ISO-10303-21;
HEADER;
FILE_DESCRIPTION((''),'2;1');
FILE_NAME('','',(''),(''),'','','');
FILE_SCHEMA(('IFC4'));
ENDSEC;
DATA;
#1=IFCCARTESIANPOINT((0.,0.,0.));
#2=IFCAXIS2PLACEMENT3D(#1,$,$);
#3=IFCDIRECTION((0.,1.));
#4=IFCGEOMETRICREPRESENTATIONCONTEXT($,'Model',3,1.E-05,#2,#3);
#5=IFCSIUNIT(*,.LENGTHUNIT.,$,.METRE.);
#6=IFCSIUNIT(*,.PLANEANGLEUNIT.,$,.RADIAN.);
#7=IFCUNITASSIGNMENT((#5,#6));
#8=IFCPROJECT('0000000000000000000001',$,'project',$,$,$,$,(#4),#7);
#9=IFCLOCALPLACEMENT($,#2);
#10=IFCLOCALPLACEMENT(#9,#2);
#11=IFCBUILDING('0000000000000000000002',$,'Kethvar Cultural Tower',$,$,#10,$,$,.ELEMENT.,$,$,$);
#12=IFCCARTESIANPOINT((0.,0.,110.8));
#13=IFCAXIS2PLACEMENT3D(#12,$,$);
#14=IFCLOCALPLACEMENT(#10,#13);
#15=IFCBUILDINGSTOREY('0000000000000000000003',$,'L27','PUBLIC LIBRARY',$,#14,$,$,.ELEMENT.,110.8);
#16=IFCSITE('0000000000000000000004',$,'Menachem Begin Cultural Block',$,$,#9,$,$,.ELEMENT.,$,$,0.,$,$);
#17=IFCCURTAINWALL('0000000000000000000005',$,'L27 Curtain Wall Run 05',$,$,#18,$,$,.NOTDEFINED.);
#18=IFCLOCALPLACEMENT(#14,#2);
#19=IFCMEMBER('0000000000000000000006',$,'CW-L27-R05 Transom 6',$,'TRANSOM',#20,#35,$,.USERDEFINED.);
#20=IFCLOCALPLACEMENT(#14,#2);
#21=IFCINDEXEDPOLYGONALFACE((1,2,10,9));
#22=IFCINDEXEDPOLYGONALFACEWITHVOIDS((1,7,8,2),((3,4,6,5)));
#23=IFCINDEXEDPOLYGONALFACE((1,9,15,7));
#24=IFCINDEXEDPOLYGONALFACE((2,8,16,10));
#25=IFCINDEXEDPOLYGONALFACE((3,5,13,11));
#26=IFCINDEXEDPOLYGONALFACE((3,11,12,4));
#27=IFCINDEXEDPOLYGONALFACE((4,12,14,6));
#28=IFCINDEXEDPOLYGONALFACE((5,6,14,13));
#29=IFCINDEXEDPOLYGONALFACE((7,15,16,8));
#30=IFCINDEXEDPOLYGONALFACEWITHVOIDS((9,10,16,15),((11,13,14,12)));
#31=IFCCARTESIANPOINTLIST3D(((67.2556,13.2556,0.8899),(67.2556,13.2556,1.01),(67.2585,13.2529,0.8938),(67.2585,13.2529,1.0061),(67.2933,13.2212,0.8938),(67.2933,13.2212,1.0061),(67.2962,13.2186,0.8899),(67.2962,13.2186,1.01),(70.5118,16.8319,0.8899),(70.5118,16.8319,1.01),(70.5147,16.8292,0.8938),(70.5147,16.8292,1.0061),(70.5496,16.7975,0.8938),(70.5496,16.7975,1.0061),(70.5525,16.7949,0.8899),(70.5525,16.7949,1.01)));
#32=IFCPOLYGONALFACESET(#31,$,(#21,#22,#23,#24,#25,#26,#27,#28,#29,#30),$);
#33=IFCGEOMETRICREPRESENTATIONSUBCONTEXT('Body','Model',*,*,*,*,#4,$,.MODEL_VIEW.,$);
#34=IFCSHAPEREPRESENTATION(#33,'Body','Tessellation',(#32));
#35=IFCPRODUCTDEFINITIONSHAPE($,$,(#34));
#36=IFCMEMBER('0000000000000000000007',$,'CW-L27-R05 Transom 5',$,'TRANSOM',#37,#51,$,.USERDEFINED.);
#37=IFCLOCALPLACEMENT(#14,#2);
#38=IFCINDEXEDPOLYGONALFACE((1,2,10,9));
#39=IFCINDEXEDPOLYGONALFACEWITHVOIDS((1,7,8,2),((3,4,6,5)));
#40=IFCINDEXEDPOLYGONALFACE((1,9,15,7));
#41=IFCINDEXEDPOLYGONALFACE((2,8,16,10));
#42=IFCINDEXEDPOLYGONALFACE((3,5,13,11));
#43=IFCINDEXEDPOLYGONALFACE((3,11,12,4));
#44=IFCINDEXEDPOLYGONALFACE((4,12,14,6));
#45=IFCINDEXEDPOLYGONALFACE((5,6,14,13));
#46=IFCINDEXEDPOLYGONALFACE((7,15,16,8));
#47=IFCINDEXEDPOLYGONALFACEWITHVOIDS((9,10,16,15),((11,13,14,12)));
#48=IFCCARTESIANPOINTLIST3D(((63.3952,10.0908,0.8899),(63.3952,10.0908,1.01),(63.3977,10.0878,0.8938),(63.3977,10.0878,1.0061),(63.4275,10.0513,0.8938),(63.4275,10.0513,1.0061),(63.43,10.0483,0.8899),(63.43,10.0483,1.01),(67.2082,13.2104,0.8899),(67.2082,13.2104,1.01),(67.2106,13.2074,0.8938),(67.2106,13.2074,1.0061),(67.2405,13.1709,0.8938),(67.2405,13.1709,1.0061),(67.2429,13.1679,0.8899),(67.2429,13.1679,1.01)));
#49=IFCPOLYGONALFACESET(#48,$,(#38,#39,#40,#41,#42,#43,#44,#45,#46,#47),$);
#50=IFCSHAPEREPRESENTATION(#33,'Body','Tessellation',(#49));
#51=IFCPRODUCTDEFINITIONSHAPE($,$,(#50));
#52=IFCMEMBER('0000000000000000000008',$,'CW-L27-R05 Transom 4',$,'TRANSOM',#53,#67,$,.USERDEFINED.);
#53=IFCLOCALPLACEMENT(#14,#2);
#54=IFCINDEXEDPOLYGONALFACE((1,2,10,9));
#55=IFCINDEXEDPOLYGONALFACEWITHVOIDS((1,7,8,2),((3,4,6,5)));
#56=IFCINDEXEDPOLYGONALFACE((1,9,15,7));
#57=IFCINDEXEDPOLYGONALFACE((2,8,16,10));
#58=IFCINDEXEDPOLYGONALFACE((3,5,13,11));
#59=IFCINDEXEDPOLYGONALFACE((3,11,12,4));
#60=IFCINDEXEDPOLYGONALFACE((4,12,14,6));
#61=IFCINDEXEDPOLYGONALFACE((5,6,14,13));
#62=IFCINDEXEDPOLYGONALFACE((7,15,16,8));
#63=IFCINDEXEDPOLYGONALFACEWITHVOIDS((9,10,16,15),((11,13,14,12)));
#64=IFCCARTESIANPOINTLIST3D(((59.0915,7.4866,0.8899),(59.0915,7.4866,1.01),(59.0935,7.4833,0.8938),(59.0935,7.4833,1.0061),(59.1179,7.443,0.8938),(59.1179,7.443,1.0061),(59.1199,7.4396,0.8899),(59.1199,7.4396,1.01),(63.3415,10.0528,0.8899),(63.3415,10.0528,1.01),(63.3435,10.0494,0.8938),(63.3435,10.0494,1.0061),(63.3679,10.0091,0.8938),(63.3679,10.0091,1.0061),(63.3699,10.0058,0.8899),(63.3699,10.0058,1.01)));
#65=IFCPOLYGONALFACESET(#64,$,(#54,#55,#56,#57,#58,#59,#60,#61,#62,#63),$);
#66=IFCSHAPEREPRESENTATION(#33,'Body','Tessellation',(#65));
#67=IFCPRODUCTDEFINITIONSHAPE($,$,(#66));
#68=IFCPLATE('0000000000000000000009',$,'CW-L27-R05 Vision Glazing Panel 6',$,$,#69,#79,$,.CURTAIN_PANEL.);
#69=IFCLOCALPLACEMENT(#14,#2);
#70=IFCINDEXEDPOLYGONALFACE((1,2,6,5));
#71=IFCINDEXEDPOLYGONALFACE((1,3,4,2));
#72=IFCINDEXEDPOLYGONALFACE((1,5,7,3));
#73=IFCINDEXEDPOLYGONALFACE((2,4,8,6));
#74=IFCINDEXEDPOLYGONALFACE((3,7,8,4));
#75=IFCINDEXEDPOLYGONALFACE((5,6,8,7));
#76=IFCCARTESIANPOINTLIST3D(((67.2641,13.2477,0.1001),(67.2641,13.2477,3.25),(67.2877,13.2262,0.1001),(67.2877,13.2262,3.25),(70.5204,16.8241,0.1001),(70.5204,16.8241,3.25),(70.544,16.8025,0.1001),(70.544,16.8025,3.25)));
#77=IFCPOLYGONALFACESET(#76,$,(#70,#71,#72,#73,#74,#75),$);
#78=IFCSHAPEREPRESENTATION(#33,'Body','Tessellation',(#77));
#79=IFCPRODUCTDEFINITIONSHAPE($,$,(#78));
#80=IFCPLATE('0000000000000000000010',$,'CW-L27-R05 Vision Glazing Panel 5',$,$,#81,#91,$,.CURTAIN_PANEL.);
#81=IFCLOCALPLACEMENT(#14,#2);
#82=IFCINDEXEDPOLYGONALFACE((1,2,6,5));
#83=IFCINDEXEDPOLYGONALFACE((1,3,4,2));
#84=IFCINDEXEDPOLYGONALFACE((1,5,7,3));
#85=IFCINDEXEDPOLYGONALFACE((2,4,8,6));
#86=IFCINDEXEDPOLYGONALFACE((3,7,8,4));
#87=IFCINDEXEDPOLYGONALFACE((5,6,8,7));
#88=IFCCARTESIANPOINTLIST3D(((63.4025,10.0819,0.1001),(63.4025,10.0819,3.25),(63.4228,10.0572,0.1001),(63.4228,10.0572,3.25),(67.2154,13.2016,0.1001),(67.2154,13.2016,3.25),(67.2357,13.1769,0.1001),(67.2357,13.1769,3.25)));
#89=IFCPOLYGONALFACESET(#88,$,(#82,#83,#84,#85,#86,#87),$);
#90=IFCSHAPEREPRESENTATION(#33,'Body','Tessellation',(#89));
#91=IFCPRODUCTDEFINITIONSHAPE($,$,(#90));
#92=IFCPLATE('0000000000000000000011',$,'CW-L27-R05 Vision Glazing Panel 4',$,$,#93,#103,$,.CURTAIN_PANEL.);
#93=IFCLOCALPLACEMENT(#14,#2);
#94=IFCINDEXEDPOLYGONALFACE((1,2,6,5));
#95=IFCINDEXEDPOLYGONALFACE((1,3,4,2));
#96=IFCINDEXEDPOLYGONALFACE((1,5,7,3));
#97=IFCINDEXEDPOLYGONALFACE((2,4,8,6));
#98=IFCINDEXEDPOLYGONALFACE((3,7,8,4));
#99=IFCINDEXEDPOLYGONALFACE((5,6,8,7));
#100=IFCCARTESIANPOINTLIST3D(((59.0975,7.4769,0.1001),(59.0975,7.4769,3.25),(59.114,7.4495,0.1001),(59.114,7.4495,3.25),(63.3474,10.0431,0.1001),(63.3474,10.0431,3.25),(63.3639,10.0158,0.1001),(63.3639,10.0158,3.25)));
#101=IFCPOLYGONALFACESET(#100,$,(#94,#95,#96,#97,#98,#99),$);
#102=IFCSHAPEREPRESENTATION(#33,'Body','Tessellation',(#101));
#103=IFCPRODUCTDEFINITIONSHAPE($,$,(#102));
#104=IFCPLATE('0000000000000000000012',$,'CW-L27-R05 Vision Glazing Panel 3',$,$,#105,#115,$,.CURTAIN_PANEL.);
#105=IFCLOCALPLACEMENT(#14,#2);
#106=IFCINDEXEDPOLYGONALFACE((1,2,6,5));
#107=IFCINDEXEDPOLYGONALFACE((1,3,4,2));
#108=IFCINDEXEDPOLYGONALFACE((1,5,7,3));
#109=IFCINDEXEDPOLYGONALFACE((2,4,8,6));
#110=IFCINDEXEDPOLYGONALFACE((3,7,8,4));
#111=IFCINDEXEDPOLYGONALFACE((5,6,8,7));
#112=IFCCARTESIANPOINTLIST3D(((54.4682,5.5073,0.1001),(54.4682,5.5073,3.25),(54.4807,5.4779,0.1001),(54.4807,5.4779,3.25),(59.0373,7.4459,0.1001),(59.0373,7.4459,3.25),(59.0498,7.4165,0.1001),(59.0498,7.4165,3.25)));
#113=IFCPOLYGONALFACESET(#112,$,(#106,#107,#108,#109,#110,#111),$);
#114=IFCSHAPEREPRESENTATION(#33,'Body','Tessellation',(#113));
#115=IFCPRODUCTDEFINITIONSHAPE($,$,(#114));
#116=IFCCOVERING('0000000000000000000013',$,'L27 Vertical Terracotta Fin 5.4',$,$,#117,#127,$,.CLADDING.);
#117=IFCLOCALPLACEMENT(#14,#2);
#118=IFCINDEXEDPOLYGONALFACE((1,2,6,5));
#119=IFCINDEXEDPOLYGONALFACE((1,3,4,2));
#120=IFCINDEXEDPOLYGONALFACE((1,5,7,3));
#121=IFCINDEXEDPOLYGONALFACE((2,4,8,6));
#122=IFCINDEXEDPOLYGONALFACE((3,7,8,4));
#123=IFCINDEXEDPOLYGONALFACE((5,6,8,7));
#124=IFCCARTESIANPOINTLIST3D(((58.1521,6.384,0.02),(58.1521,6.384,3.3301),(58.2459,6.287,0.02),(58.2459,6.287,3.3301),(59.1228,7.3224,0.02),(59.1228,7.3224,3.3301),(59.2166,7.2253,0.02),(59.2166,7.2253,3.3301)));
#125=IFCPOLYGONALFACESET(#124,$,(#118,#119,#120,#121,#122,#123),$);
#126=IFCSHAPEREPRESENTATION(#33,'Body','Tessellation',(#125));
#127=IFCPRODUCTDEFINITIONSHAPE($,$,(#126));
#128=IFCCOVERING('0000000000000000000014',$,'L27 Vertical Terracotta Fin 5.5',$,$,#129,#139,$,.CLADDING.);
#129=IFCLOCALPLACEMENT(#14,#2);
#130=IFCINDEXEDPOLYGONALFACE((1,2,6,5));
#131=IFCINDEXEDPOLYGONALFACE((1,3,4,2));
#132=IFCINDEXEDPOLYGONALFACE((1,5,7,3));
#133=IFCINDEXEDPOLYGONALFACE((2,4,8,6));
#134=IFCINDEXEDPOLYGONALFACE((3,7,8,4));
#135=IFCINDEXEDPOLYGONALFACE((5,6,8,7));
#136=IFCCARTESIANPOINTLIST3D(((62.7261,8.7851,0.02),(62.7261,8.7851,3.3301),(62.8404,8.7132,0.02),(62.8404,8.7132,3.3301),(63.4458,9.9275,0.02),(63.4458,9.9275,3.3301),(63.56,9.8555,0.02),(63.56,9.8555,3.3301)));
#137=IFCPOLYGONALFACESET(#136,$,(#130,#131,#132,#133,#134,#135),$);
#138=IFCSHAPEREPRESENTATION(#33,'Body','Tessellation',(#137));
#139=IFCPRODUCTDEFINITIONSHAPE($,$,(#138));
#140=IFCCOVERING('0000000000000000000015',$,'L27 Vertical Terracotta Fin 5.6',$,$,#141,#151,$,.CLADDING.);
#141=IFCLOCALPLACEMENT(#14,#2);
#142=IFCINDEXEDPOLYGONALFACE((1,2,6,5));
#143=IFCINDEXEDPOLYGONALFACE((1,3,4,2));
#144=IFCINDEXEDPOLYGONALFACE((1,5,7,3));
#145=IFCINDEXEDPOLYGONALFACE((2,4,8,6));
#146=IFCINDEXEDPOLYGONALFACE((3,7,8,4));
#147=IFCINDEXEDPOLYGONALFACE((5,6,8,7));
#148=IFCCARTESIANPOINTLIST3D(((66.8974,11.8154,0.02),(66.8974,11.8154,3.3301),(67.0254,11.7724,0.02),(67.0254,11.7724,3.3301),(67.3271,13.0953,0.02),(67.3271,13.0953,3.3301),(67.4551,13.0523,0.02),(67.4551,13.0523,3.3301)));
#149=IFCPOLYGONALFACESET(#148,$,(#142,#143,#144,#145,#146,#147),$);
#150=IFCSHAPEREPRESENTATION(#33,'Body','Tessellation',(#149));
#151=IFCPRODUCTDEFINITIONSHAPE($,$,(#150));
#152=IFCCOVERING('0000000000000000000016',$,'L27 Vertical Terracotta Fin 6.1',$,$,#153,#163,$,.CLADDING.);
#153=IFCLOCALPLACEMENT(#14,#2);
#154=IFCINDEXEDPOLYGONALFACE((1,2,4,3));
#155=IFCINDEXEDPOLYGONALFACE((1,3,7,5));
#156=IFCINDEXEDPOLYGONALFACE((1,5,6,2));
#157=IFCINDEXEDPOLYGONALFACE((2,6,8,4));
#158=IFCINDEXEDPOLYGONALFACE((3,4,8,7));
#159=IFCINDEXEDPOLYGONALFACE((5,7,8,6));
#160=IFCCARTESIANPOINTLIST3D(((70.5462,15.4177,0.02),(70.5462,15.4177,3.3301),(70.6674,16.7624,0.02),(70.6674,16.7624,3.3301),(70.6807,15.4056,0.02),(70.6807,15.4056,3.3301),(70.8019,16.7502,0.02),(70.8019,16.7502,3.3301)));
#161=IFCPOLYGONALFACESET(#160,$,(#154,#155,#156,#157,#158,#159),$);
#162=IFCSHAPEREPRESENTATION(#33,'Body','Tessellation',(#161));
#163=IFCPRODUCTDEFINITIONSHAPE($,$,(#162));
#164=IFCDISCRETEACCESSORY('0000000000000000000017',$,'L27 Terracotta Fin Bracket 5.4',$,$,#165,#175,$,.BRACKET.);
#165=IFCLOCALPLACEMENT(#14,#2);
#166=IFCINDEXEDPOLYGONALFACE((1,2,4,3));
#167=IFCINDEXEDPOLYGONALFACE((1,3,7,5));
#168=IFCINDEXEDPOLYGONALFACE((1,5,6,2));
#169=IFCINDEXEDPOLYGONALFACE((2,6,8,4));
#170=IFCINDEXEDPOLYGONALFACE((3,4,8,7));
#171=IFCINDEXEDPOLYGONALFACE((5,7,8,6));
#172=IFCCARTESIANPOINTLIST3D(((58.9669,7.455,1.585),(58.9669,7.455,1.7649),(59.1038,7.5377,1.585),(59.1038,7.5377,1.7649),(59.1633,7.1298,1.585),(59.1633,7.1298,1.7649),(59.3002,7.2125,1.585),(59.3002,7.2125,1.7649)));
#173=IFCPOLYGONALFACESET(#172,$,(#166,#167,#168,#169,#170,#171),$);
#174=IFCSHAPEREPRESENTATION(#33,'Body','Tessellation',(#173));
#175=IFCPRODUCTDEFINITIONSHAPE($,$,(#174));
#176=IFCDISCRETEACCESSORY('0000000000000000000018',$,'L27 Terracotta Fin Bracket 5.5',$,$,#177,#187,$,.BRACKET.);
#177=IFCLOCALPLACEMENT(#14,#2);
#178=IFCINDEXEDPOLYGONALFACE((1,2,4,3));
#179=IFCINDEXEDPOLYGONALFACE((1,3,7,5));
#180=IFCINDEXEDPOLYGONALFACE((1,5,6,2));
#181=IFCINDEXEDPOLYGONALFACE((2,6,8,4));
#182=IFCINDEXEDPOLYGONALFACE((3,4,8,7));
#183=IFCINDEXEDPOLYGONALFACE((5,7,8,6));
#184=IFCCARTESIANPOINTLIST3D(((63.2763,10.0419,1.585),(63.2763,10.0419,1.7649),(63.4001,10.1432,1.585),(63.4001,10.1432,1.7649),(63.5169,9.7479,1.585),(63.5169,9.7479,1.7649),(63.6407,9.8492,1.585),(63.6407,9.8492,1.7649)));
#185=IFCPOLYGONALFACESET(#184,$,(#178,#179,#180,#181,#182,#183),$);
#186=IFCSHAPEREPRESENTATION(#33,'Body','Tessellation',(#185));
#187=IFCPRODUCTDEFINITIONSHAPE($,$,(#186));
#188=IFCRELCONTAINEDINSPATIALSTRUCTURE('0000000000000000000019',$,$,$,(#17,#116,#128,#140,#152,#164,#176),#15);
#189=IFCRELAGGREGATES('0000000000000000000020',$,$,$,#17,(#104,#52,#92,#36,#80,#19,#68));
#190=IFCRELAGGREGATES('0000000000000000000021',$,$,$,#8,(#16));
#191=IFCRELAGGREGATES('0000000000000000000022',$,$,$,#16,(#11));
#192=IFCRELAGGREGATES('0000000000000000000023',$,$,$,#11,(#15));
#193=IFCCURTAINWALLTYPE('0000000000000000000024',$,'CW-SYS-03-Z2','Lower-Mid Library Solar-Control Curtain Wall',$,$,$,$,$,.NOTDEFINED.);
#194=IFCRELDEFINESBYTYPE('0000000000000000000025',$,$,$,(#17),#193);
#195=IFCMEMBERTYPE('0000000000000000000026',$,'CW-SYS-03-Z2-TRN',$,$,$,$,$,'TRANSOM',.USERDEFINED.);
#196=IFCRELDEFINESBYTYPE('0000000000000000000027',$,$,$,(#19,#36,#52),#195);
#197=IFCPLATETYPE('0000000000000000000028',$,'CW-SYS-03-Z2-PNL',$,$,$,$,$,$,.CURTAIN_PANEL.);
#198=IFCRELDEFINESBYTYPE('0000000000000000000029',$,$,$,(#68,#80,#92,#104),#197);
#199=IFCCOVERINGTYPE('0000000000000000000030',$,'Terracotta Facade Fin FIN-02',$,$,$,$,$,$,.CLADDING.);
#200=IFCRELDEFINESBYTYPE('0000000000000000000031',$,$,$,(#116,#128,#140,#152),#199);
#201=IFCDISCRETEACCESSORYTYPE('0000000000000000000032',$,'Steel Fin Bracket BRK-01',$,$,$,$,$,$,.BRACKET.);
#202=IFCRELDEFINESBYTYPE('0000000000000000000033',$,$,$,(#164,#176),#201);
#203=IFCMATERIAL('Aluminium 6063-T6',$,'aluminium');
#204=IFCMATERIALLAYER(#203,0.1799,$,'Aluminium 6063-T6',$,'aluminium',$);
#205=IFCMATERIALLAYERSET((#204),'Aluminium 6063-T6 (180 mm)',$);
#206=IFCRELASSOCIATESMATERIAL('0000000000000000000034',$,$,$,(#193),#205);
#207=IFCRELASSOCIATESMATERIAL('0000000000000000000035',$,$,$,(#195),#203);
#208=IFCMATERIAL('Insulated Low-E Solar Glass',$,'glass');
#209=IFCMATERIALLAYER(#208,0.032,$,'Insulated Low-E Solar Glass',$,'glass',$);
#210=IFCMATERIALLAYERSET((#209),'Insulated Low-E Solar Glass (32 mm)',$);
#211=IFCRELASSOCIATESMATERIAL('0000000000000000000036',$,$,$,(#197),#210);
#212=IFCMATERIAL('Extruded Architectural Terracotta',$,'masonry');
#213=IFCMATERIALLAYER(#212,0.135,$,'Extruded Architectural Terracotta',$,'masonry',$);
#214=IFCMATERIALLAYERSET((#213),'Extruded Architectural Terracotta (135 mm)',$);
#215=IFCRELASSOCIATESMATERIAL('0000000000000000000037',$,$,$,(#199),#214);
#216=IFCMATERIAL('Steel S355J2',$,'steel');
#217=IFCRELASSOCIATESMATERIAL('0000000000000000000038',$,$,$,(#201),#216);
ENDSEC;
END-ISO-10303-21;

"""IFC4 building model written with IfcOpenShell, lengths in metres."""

from ifc_helpers import new_model, si_unit, direction, frame, origin, origin_2d, place, context, subcontext, project, spatial, rectangle, hollow_rectangle, extrude, source, transform, mapped, material, layer, layer_set, material_profile, profile_set, type_object, element, aggregate, save


model = new_model("IFC4")

# Units and contexts
model_context = context("Model", 3, precision=1e-05, world=origin(), true_north=direction((0.0, 1.0)))
body_context = subcontext(model_context, "Body", "Model", "MODEL_VIEW")
ifc_project = project(units=[si_unit("LENGTHUNIT", "METRE"), si_unit("PLANEANGLEUNIT", "RADIAN")], contexts=[model_context])

# Site, building, storey
site_placement = place(None, origin())
site = spatial("IfcSite", under=ifc_project, at=site_placement, Name="Menachem Begin Cultural Block", CompositionType="ELEMENT", RefElevation=0.0)
building_placement = place(site_placement, origin())
building = spatial("IfcBuilding", under=site, at=building_placement, Name="Kethvar Cultural Tower", CompositionType="ELEMENT")
storey_placement = place(building_placement, frame((0.0, 0.0, 110.8)))
storey = spatial("IfcBuildingStorey", under=building, at=storey_placement, Name="L27", Description="PUBLIC LIBRARY", CompositionType="ELEMENT", Elevation=110.8)

# Shared definitions
ifc_material_1 = material(Name="Steel S355J2", Category="steel")

# Curtain wall
ifc_material_2 = material(Name="Aluminium 6063-T6", Category="aluminium")
ifc_layer_1 = layer(ifc_material_2, 0.1799, Name="Aluminium 6063-T6", Category="aluminium")
ifc_layer_set_1 = layer_set([ifc_layer_1], Name="Aluminium 6063-T6 (180 mm)")
curtain_wall_type = type_object("IfcCurtainWallType", Name="CW-SYS-03-Z2", Description="Lower-Mid Library Solar-Control Curtain Wall", PredefinedType="NOTDEFINED", material=ifc_layer_set_1)
curtain_wall_1_placement = place(storey_placement, origin())
curtain_wall_1 = element("IfcCurtainWall", 1, at=curtain_wall_1_placement, inside=storey, type_object=curtain_wall_type, Name="L27 Curtain Wall Run 05", PredefinedType="NOTDEFINED")

# Members
ifc_material_profile_1 = material_profile(ifc_material_2, hollow_rectangle(XDim=0.0549, YDim=0.1201, WallThickness=0.0039, at=origin_2d()), Name="Aluminium 6063-T6 — RHS120x55x4")
ifc_profile_set_1 = profile_set([ifc_material_profile_1], Name="Aluminium 6063-T6 — RHS120x55x4")
member_type_1 = type_object("IfcMemberType", Name="CW-SYS-03-Z2-TRN", ElementType="TRANSOM", PredefinedType="USERDEFINED", material=ifc_profile_set_1)
shared_shape_1 = source(origin(), body_context, "Body", "SweptSolid", [
    extrude(hollow_rectangle(XDim=0.0549, YDim=0.1201, WallThickness=0.0039, at=origin_2d()), origin(), (0.0, 0.0, 1.0), 4.8367),
])
member_1_placement = place(storey_placement, frame((67.2759, 13.2371, 0.95), z_axis=(0.673245, 0.739419, 0.0), x_axis=(-0.739419, 0.673245, 0.0)))
member_1 = element("IfcMember", 2, at=member_1_placement, type_object=member_type_1, Name="CW-L27-R05 Transom 6", ObjectType="TRANSOM", PredefinedType="USERDEFINED", context=body_context, shape_type="MappedRepresentation", body=[
    mapped(shared_shape_1, transform((0.0, 0.0, 0.0), scale=1.0)),
])
shared_shape_2 = source(origin(), body_context, "Body", "SweptSolid", [
    extrude(hollow_rectangle(XDim=0.0549, YDim=0.1201, WallThickness=0.0039, at=origin_2d()), origin(), (0.0, 0.0, 1.0), 4.9265),
])
member_2_placement = place(storey_placement, frame((63.4126, 10.0696, 0.95), z_axis=(0.773966, 0.633227, 0.0), x_axis=(-0.633227, 0.773966, 0.0)))
member_2 = element("IfcMember", 3, at=member_2_placement, type_object=member_type_1, Name="CW-L27-R05 Transom 5", ObjectType="TRANSOM", PredefinedType="USERDEFINED", context=body_context, shape_type="MappedRepresentation", body=[
    mapped(shared_shape_2, transform((0.0, 0.0, 0.0), scale=1.0)),
])
shared_shape_3 = source(origin(), body_context, "Body", "SweptSolid", [
    extrude(hollow_rectangle(XDim=0.0549, YDim=0.1201, WallThickness=0.0039, at=origin_2d()), origin(), (0.0, 0.0, 1.0), 4.9646),
])
member_3_placement = place(storey_placement, frame((59.1057, 7.4631, 0.95), z_axis=(0.856053, 0.516887, 0.0), x_axis=(-0.516887, 0.856053, 0.0)))
member_3 = element("IfcMember", 4, at=member_3_placement, type_object=member_type_1, Name="CW-L27-R05 Transom 4", ObjectType="TRANSOM", PredefinedType="USERDEFINED", context=body_context, shape_type="MappedRepresentation", body=[
    mapped(shared_shape_3, transform((0.0, 0.0, 0.0), scale=1.0)),
])

# Plates
ifc_material_3 = material(Name="Insulated Low-E Solar Glass", Category="glass")
ifc_layer_2 = layer(ifc_material_3, 0.032, Name="Insulated Low-E Solar Glass", Category="glass")
ifc_layer_set_2 = layer_set([ifc_layer_2], Name="Insulated Low-E Solar Glass (32 mm)")
plate_type = type_object("IfcPlateType", Name="CW-SYS-03-Z2-PNL", PredefinedType="CURTAIN_PANEL", material=ifc_layer_set_2)
shared_shape_4 = source(origin(), body_context, "Body", "SweptSolid", [
    extrude(rectangle(XDim=4.8367, YDim=0.032, at=origin_2d()), origin(), (0.0, 0.0, 1.0), 3.1499),
])
plate_1_placement = place(storey_placement, frame((68.9041, 15.0251, 0.1001), z_axis=(0.0, 0.0, 1.0), x_axis=(0.673245, 0.73942, 0.0)))
plate_1 = element("IfcPlate", 5, at=plate_1_placement, type_object=plate_type, Name="CW-L27-R05 Vision Glazing Panel 6", PredefinedType="CURTAIN_PANEL", context=body_context, shape_type="MappedRepresentation", body=[
    mapped(shared_shape_4, transform((0.0, 0.0, 0.0), scale=1.0)),
])
shared_shape_5 = source(origin(), body_context, "Body", "SweptSolid", [
    extrude(rectangle(XDim=4.9265, YDim=0.032, at=origin_2d()), origin(), (0.0, 0.0, 1.0), 3.1499),
])
plate_2_placement = place(storey_placement, frame((65.3191, 11.6294, 0.1001), z_axis=(0.0, 0.0, 1.0), x_axis=(0.773951, 0.633246, 0.0)))
plate_2 = element("IfcPlate", 6, at=plate_2_placement, type_object=plate_type, Name="CW-L27-R05 Vision Glazing Panel 5", PredefinedType="CURTAIN_PANEL", context=body_context, shape_type="MappedRepresentation", body=[
    mapped(shared_shape_5, transform((0.0, 0.0, 0.0), scale=1.0)),
])
shared_shape_6 = source(origin(), body_context, "Body", "SweptSolid", [
    extrude(rectangle(XDim=4.9646, YDim=0.032, at=origin_2d()), origin(), (0.0, 0.0, 1.0), 3.1499),
])
plate_3_placement = place(storey_placement, frame((61.2307, 8.7463, 0.1001), z_axis=(0.0, 0.0, 1.0), x_axis=(0.856042, 0.516907, 0.0)))
plate_3 = element("IfcPlate", 7, at=plate_3_placement, type_object=plate_type, Name="CW-L27-R05 Vision Glazing Panel 4", PredefinedType="CURTAIN_PANEL", context=body_context, shape_type="MappedRepresentation", body=[
    mapped(shared_shape_6, transform((0.0, 0.0, 0.0), scale=1.0)),
])
shared_shape_7 = source(origin(), body_context, "Body", "SweptSolid", [
    extrude(rectangle(XDim=4.9634, YDim=0.032, at=origin_2d()), origin(), (0.0, 0.0, 1.0), 3.1499),
])
plate_4_placement = place(storey_placement, frame((56.759, 6.4619, 0.1001), z_axis=(0.0, 0.0, 1.0), x_axis=(0.920566, 0.390587, 0.0)))
plate_4 = element("IfcPlate", 8, at=plate_4_placement, type_object=plate_type, Name="CW-L27-R05 Vision Glazing Panel 3", PredefinedType="CURTAIN_PANEL", context=body_context, shape_type="MappedRepresentation", body=[
    mapped(shared_shape_7, transform((0.0, 0.0, 0.0), scale=1.0)),
])
aggregate(curtain_wall_1, [plate_4, member_3, plate_3, member_2, plate_2, member_1, plate_1])

# Coverings
ifc_material_4 = material(Name="Extruded Architectural Terracotta", Category="masonry")
ifc_layer_3 = layer(ifc_material_4, 0.135, Name="Extruded Architectural Terracotta", Category="masonry")
ifc_layer_set_3 = layer_set([ifc_layer_3], Name="Extruded Architectural Terracotta (135 mm)")
covering_type = type_object("IfcCoveringType", Name="Terracotta Facade Fin FIN-02", PredefinedType="CLADDING", material=ifc_layer_set_3)
shared_shape_8 = source(origin(), body_context, "Body", "SweptSolid", [
    extrude(rectangle(XDim=1.3501, YDim=0.135, at=origin_2d()), origin(), (0.0, 0.0, 1.0), 3.3101),
])
for number, where, z_axis, x_axis, name in (
    (9, (58.6843, 6.8047, 0.02), (0.0, 0.0, 1.0), (-0.718976, -0.695035, 0.0), "L27 Vertical Terracotta Fin 5.4"),
    (10, (63.1431, 9.3203, 0.02), (0.0, 0.0, 1.0), (-0.533024, -0.8461, 0.0), "L27 Vertical Terracotta Fin 5.5"),
    (11, (67.1763, 12.4338, 0.02), (0.0, 0.0, 1.0), (-0.318298, -0.947991, 0.0), "L27 Vertical Terracotta Fin 5.6"),
    (12, (70.6741, 16.084, 0.02), (0.0, 0.0, 1.0), (-0.089763, -0.995963, 0.0), "L27 Vertical Terracotta Fin 6.1"),
):
    element("IfcCovering", number, at=place(storey_placement, frame(where, z_axis=z_axis, x_axis=x_axis)), inside=storey, type_object=covering_type, Name=name, PredefinedType="CLADDING", context=body_context, shape_type="MappedRepresentation", body=[
        mapped(shared_shape_8, transform((0.0, 0.0, 0.0), scale=1.0)),
    ])

# Discrete accessories
discrete_accessory_type = type_object("IfcDiscreteAccessoryType", Name="Steel Fin Bracket BRK-01", PredefinedType="BRACKET", material=ifc_material_1)
shared_shape_9 = source(origin(), body_context, "Body", "SweptSolid", [
    extrude(rectangle(XDim=0.3799, YDim=0.1599, at=origin_2d()), origin(), (0.0, 0.0, 1.0), 0.1799),
])
for number, where, z_axis, x_axis, name in (
    (13, (59.1335, 7.3337, 1.585), (0.0, 0.0, 1.0), (0.516982, -0.855997, 0.0), "L27 Terracotta Fin Bracket 5.4"),
    (14, (63.4585, 9.9456, 1.585), (0.0, 0.0, 1.0), (0.633246, -0.773951, 0.0), "L27 Terracotta Fin Bracket 5.5"),
):
    element("IfcDiscreteAccessory", number, at=place(storey_placement, frame(where, z_axis=z_axis, x_axis=x_axis)), inside=storey, type_object=discrete_accessory_type, Name=name, PredefinedType="BRACKET", context=body_context, shape_type="MappedRepresentation", body=[
        mapped(shared_shape_9, transform((0.0, 0.0, 0.0), scale=1.0)),
    ])

save(model, "model.ifc")
